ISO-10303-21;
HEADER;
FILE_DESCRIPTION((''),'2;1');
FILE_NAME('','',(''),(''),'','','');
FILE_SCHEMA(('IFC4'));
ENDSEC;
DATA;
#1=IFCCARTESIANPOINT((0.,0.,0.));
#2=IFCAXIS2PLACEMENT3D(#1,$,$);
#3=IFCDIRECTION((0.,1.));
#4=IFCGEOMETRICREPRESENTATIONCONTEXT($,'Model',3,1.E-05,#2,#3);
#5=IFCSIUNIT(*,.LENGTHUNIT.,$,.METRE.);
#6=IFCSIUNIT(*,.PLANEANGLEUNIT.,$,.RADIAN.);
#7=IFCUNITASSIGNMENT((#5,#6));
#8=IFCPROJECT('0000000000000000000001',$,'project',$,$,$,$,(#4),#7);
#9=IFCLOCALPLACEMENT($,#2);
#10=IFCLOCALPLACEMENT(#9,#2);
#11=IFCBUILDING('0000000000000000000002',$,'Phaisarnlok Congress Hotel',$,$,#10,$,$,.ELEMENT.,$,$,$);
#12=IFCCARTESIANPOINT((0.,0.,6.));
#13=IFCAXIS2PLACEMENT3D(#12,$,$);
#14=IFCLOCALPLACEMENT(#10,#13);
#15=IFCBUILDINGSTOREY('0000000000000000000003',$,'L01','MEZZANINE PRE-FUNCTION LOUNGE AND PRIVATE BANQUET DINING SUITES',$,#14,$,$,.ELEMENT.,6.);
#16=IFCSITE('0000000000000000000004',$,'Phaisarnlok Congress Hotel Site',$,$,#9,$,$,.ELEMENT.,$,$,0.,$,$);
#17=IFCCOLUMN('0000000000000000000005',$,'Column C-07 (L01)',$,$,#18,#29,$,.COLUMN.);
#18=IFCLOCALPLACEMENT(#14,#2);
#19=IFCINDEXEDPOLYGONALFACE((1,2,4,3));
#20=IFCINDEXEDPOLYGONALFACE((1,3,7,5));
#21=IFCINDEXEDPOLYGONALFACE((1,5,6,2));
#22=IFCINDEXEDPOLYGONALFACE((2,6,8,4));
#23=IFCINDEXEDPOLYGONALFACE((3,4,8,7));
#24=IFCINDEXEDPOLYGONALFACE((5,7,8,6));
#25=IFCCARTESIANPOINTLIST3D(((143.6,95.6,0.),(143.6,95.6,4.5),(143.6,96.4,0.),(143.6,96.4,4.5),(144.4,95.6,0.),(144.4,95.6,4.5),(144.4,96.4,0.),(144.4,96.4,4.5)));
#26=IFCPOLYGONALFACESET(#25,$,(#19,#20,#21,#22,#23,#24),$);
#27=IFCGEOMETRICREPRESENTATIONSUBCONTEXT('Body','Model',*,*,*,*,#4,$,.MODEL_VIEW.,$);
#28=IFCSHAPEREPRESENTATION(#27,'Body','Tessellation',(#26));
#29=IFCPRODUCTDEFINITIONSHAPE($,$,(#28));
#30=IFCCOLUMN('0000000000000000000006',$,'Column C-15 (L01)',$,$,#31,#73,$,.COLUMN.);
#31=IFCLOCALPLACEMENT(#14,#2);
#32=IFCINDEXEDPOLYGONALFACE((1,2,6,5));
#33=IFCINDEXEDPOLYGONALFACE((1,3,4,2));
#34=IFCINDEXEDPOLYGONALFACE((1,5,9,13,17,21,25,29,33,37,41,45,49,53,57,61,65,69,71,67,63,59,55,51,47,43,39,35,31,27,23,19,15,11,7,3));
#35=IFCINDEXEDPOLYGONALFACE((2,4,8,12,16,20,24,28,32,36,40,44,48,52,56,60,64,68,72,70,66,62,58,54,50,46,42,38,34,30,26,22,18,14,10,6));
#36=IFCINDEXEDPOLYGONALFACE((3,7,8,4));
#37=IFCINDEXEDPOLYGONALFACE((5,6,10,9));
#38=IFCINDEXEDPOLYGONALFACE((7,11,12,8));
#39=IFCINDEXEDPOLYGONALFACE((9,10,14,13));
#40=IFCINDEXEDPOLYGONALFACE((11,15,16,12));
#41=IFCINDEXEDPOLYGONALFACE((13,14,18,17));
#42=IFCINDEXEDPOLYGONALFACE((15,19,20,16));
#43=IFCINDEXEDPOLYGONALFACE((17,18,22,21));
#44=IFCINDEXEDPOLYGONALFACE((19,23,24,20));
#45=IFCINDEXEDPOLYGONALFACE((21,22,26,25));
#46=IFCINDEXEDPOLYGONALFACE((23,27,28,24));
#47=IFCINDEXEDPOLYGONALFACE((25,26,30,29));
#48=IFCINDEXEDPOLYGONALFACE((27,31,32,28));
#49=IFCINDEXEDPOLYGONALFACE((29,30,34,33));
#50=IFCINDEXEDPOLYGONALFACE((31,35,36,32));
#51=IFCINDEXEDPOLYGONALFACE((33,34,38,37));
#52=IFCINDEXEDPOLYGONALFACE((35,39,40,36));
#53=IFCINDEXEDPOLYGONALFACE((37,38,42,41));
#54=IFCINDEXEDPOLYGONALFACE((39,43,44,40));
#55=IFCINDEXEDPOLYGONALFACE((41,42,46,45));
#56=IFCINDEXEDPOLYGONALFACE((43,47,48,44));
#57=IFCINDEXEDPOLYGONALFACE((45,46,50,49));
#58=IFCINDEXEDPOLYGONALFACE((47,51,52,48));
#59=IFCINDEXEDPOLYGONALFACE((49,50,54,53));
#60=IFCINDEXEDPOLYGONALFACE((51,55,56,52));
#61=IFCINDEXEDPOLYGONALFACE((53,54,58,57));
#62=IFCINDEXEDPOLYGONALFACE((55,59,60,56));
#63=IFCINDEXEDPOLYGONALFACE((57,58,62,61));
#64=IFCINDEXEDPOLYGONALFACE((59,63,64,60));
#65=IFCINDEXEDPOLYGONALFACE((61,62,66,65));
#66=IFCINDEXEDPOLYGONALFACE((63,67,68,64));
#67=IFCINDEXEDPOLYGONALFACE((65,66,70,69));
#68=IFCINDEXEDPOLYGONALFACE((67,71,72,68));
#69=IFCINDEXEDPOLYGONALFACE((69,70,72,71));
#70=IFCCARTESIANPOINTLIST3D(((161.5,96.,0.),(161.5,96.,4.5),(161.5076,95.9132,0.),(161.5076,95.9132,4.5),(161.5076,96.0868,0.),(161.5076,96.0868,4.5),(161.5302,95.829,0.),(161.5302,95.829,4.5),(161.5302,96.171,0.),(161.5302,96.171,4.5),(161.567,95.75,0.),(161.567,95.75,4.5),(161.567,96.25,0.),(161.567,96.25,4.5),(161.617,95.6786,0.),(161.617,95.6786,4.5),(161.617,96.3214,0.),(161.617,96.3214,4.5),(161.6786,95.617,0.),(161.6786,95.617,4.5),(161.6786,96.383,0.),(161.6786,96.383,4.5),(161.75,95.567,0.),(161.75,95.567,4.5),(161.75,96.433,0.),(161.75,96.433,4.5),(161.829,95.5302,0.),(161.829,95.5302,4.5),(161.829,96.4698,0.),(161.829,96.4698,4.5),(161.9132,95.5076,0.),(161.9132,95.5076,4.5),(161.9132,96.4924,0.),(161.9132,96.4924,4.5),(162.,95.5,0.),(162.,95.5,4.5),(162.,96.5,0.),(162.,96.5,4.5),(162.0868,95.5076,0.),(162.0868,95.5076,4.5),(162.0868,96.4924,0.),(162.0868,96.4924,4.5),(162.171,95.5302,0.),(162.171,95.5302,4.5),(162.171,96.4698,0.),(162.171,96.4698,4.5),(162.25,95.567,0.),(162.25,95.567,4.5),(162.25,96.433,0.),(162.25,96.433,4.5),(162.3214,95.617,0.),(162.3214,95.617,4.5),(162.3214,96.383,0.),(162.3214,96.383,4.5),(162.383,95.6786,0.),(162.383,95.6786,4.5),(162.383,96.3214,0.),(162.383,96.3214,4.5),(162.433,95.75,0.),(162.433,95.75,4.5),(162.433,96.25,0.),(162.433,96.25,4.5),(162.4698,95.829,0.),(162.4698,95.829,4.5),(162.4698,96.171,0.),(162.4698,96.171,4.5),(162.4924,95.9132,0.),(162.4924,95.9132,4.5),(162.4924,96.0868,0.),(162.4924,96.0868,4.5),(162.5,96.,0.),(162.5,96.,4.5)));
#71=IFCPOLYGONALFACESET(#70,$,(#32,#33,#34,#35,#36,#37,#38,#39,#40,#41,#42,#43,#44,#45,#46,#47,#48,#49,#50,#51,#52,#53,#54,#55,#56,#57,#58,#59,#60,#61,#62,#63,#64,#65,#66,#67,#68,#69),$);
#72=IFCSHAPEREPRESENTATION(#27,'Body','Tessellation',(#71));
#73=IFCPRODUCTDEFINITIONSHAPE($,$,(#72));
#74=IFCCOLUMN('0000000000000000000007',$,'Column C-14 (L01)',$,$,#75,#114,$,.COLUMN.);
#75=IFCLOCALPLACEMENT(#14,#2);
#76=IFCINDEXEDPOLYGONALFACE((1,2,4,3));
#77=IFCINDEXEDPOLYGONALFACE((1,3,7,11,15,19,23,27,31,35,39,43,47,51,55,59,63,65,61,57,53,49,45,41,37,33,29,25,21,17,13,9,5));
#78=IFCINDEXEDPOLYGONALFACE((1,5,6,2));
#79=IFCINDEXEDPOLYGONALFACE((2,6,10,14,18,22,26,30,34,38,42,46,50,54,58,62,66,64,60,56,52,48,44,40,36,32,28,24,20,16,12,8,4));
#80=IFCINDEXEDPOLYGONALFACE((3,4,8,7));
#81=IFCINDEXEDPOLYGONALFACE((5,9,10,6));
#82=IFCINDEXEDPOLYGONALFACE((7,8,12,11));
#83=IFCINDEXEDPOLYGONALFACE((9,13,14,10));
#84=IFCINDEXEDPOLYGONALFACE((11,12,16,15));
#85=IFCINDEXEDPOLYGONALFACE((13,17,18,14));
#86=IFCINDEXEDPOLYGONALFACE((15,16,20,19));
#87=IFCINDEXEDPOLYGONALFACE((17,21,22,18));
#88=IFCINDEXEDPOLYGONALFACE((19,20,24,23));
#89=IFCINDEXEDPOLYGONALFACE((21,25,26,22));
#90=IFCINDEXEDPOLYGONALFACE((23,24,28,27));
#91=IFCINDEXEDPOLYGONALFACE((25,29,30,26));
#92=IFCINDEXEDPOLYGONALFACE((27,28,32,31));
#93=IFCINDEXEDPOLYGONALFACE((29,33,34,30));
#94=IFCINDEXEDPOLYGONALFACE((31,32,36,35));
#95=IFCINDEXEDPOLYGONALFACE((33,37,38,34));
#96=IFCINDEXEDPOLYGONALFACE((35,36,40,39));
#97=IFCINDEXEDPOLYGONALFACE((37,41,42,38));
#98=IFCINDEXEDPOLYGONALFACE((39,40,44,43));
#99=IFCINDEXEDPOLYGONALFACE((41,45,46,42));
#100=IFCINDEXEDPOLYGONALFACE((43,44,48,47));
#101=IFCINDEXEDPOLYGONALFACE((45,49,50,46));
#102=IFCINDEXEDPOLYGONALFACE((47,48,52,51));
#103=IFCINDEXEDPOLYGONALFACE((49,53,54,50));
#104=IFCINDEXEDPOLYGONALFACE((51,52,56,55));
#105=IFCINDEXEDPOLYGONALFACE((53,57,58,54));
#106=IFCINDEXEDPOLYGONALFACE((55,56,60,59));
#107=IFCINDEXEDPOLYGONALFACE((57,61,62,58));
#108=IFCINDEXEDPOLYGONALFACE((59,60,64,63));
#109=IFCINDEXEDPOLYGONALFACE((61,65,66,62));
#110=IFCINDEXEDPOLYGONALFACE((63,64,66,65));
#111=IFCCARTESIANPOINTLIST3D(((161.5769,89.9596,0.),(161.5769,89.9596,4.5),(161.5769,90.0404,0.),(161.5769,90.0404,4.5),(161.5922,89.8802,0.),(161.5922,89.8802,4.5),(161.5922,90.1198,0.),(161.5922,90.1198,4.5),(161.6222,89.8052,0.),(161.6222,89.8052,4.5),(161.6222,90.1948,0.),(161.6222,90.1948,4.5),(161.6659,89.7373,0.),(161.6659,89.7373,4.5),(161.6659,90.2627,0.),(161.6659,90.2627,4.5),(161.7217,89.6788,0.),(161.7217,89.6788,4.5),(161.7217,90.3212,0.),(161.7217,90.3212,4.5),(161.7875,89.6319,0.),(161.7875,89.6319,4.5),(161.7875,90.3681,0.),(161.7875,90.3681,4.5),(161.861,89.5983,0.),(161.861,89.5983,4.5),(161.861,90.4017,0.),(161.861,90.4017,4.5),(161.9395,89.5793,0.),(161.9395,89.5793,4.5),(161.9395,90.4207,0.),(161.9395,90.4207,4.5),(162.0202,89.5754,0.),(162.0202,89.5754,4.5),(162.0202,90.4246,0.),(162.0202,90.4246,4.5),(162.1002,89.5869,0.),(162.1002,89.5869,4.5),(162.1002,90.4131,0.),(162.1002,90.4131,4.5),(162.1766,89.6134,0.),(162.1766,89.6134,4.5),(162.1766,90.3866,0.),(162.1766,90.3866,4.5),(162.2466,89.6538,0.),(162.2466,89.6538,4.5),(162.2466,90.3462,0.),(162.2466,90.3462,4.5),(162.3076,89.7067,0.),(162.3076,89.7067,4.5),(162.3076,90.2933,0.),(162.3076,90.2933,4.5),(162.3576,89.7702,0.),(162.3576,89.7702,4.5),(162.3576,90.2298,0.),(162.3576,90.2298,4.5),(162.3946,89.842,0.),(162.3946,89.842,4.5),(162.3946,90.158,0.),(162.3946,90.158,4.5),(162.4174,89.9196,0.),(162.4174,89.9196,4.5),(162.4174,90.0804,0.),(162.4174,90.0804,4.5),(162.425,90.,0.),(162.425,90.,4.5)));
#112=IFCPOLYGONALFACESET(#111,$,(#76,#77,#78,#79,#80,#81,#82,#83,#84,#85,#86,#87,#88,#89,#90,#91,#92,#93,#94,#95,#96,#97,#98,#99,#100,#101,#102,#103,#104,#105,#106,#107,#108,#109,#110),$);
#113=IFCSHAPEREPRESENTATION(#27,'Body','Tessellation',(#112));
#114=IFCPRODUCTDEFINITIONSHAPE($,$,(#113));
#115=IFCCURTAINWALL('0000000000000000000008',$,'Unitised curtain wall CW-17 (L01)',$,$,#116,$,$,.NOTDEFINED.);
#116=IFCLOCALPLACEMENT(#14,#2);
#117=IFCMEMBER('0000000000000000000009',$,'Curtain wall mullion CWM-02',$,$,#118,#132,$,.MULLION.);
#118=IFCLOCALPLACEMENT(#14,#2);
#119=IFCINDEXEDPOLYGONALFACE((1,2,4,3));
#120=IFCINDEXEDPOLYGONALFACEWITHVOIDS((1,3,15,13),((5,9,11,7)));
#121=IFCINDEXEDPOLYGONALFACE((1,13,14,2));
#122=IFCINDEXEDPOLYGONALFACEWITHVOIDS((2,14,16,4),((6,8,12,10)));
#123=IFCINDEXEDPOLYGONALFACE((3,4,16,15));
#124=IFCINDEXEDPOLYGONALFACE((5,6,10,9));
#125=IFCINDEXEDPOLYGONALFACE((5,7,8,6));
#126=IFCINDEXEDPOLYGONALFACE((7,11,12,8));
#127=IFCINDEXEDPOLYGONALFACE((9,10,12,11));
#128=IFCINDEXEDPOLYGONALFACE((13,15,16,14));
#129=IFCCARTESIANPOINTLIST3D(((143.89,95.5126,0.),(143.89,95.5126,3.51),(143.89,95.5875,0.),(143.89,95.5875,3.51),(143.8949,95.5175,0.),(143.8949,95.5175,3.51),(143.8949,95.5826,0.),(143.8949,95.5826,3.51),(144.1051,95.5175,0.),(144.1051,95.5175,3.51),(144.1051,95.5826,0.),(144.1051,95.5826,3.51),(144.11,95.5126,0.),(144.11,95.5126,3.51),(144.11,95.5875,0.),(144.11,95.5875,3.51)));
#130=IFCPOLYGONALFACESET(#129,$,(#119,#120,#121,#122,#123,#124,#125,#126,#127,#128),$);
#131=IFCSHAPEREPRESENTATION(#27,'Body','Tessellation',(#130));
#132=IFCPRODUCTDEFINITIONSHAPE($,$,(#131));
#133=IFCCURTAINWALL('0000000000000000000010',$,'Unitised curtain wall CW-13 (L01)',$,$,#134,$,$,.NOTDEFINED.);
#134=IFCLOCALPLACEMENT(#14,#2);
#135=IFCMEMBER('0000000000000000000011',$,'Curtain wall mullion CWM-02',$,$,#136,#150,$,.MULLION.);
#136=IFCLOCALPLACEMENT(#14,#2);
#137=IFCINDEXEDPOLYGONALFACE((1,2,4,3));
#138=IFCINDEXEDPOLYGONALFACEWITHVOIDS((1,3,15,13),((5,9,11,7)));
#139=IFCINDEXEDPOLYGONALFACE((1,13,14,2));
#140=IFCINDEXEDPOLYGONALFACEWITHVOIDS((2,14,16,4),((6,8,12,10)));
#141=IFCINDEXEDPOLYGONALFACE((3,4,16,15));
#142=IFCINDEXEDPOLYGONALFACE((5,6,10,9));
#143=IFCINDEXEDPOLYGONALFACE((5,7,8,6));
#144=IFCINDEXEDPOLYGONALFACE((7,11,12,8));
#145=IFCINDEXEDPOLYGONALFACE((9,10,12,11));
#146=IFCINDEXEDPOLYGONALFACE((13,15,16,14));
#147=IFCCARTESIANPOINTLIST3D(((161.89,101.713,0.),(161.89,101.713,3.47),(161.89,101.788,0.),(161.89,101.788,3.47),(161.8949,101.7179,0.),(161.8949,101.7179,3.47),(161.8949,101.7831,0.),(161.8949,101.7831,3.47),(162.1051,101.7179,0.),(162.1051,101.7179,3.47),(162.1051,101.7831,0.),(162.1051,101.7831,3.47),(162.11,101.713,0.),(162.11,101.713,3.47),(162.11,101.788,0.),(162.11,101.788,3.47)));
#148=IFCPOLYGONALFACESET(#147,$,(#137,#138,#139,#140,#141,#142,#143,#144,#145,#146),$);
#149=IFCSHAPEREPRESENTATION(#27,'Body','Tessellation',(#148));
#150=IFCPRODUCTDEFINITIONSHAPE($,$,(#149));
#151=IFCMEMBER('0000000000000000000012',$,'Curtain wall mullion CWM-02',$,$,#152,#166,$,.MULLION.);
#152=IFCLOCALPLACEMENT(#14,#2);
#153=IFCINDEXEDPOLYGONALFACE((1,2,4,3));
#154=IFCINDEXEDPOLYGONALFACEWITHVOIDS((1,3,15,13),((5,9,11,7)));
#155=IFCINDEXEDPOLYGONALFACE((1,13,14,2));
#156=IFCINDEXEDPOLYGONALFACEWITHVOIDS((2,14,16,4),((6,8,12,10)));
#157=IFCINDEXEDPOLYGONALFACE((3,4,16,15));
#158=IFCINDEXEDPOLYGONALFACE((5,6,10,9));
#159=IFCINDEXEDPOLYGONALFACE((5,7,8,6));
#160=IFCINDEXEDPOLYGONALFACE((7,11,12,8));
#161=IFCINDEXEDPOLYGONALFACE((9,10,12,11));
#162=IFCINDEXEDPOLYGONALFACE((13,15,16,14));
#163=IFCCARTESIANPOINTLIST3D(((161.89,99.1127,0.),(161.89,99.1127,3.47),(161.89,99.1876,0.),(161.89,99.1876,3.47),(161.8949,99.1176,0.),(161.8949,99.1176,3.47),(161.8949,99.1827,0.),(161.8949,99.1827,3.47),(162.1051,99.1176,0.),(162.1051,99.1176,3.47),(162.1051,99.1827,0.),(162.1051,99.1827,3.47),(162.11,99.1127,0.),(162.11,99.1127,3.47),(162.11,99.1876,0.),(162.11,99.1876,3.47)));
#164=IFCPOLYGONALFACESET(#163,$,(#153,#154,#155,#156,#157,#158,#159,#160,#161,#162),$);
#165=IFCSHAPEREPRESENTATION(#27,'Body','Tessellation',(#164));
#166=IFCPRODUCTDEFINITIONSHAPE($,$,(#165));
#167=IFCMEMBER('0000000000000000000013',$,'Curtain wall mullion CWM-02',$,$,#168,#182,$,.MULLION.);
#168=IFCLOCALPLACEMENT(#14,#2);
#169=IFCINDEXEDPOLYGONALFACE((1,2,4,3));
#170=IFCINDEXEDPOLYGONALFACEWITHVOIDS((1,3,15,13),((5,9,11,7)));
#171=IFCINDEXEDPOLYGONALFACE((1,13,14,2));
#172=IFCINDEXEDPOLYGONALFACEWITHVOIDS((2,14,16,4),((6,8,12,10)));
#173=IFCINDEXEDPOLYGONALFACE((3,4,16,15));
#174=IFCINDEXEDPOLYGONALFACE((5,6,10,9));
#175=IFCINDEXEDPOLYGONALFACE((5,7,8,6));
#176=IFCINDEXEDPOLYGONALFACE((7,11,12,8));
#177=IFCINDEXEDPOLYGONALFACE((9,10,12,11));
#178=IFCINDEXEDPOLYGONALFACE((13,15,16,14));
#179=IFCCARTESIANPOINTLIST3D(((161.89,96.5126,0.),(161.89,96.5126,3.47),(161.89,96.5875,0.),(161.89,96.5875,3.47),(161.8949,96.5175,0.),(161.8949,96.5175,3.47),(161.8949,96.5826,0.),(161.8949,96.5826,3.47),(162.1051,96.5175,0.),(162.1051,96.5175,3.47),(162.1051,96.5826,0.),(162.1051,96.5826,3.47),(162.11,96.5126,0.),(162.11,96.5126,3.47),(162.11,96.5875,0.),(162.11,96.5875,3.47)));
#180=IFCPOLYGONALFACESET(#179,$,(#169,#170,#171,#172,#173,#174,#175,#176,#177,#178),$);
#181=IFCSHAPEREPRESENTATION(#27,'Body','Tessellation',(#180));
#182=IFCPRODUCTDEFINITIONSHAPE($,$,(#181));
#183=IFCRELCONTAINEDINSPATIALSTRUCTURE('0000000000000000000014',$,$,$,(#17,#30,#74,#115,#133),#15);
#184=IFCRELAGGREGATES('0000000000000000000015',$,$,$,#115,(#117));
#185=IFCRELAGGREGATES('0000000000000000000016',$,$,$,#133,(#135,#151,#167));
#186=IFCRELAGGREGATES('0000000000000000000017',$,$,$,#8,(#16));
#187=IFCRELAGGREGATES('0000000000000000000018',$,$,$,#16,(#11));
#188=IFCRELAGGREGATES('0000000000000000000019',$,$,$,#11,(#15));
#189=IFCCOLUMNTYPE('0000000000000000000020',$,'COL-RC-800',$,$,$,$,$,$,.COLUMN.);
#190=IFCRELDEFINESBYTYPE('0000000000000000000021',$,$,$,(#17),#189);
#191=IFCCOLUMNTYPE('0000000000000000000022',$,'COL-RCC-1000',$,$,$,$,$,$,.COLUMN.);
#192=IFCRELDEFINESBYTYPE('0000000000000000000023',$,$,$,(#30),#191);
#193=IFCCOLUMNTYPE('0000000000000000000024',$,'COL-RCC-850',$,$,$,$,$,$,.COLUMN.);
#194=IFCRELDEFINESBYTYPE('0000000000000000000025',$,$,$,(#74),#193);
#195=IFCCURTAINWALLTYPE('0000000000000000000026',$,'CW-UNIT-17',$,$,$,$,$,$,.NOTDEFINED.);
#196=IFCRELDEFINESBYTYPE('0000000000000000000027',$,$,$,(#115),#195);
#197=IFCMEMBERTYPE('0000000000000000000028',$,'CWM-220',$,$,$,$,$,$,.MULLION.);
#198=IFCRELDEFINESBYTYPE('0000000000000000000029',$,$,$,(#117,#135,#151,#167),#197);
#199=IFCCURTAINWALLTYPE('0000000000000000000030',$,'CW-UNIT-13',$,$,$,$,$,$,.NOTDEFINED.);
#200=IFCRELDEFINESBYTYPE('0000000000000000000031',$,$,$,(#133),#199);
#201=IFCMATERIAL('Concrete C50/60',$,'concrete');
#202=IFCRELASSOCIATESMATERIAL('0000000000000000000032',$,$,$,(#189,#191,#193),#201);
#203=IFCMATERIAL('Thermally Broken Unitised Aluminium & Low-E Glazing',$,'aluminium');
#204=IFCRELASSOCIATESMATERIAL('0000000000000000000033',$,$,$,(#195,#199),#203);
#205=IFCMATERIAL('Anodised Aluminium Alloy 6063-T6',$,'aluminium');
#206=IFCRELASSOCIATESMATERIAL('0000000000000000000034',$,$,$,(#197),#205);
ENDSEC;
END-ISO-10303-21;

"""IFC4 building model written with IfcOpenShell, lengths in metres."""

from ifc_helpers import new_model, si_unit, direction, frame, origin, origin_2d, place, context, subcontext, project, spatial, rectangle, hollow_rectangle, circle, extrude, material, material_profile, profile_set, type_object, element, aggregate, save


model = new_model("IFC4")

# Units and contexts
model_context = context("Model", 3, precision=1e-05, world=origin(), true_north=direction((0.0, 1.0)))
body_context = subcontext(model_context, "Body", "Model", "MODEL_VIEW")
ifc_project = project(units=[si_unit("LENGTHUNIT", "METRE"), si_unit("PLANEANGLEUNIT", "RADIAN")], contexts=[model_context])

# Site, building, storey
site_placement = place(None, origin())
site = spatial("IfcSite", under=ifc_project, at=site_placement, Name="Phaisarnlok Congress Hotel Site", CompositionType="ELEMENT", RefElevation=0.0)
building_placement = place(site_placement, origin())
building = spatial("IfcBuilding", under=site, at=building_placement, Name="Phaisarnlok Congress Hotel", CompositionType="ELEMENT")
storey_placement = place(building_placement, frame((0.0, 0.0, 6.0)))
storey = spatial("IfcBuildingStorey", under=building, at=storey_placement, Name="L01", Description="MEZZANINE PRE-FUNCTION LOUNGE AND PRIVATE BANQUET DINING SUITES", CompositionType="ELEMENT", Elevation=6.0)

# Columns
ifc_material_1 = material(Name="Concrete C50/60", Category="concrete")
ifc_material_profile_1 = material_profile(ifc_material_1, rectangle(XDim=0.8, YDim=0.8, at=origin_2d()), Name="RC 800x800")
ifc_profile_set_1 = profile_set([ifc_material_profile_1], Name="Concrete C50/60")
column_type_1 = type_object("IfcColumnType", Name="COL-RC-800", PredefinedType="COLUMN", material=ifc_profile_set_1)
column_1_placement = place(storey_placement, frame((144.0, 96.0, 0.0), z_axis=(0.0, 0.0, 1.0), x_axis=(1.0, 0.0, 0.0)))
element("IfcColumn", 1, at=column_1_placement, inside=storey, type_object=column_type_1, Name="Column C-07 (L01)", PredefinedType="COLUMN", context=body_context, shape_type="SweptSolid", body=[
    extrude(rectangle(XDim=0.8, YDim=0.8, at=origin_2d()), origin(), (0.0, 0.0, 1.0), 4.5),
])
ifc_material_profile_2 = material_profile(ifc_material_1, circle(Radius=0.5, at=origin_2d()), Name="RCC D1000")
ifc_profile_set_2 = profile_set([ifc_material_profile_2], Name="Concrete C50/60")
column_type_2 = type_object("IfcColumnType", Name="COL-RCC-1000", PredefinedType="COLUMN", material=ifc_profile_set_2)
column_2_placement = place(storey_placement, frame((162.0, 96.0, 0.0), z_axis=(0.0, 0.0, 1.0), x_axis=(1.0, 0.0, 0.0)))
element("IfcColumn", 2, at=column_2_placement, inside=storey, type_object=column_type_2, Name="Column C-15 (L01)", PredefinedType="COLUMN", context=body_context, shape_type="SweptSolid", body=[
    extrude(circle(Radius=0.5, at=origin_2d()), origin(), (0.0, 0.0, 1.0), 4.5),
])
ifc_material_profile_3 = material_profile(ifc_material_1, circle(Radius=0.425, at=origin_2d()), Name="RCC D850")
ifc_profile_set_3 = profile_set([ifc_material_profile_3], Name="Concrete C50/60")
column_type_3 = type_object("IfcColumnType", Name="COL-RCC-850", PredefinedType="COLUMN", material=ifc_profile_set_3)
column_3_placement = place(storey_placement, frame((162.0, 90.0, 0.0), z_axis=(0.0, 0.0, 1.0), x_axis=(1.0, 0.0, 0.0)))
element("IfcColumn", 3, at=column_3_placement, inside=storey, type_object=column_type_3, Name="Column C-14 (L01)", PredefinedType="COLUMN", context=body_context, shape_type="SweptSolid", body=[
    extrude(circle(Radius=0.425, at=origin_2d()), origin(), (0.0, 0.0, 1.0), 4.5),
])

# Curtain wall, member
ifc_material_2 = material(Name="Thermally Broken Unitised Aluminium & Low-E Glazing", Category="aluminium")
curtain_wall_type_1 = type_object("IfcCurtainWallType", Name="CW-UNIT-17", PredefinedType="NOTDEFINED", material=ifc_material_2)
curtain_wall_1_placement = place(storey_placement, origin())
curtain_wall_1 = element("IfcCurtainWall", 4, at=curtain_wall_1_placement, inside=storey, type_object=curtain_wall_type_1, Name="Unitised curtain wall CW-17 (L01)", PredefinedType="NOTDEFINED")
ifc_material_3 = material(Name="Anodised Aluminium Alloy 6063-T6", Category="aluminium")
ifc_material_profile_4 = material_profile(ifc_material_3, hollow_rectangle(XDim=0.075, YDim=0.22, WallThickness=0.0049, at=origin_2d()), Name="ALU-M 75x220x5")
ifc_profile_set_4 = profile_set([ifc_material_profile_4], Name="Anodised Aluminium Alloy 6063-T6")
member_type_1 = type_object("IfcMemberType", Name="CWM-220", PredefinedType="MULLION", material=ifc_profile_set_4)
member_1_placement = place(storey_placement, frame((144.0, 95.55, 0.0), z_axis=(0.0, 0.0, 1.0), x_axis=(0.0, 1.0, 0.0)))
member_1 = element("IfcMember", 5, at=member_1_placement, type_object=member_type_1, Name="Curtain wall mullion CWM-02", PredefinedType="MULLION", context=body_context, shape_type="SweptSolid", body=[
    extrude(hollow_rectangle(XDim=0.075, YDim=0.22, WallThickness=0.0049, at=origin_2d()), origin(), (0.0, 0.0, 1.0), 3.51),
])

# Curtain wall, members
curtain_wall_type_2 = type_object("IfcCurtainWallType", Name="CW-UNIT-13", PredefinedType="NOTDEFINED", material=ifc_material_2)
curtain_wall_2_placement = place(storey_placement, origin())
curtain_wall_2 = element("IfcCurtainWall", 6, at=curtain_wall_2_placement, inside=storey, type_object=curtain_wall_type_2, Name="Unitised curtain wall CW-13 (L01)", PredefinedType="NOTDEFINED")
member_2_placement = place(storey_placement, frame((162.0, 101.7505, 0.0), z_axis=(0.0, 0.0, 1.0), x_axis=(0.0, -1.0, 0.0)))
member_2 = element("IfcMember", 7, at=member_2_placement, type_object=member_type_1, Name="Curtain wall mullion CWM-02", PredefinedType="MULLION", context=body_context, shape_type="SweptSolid", body=[
    extrude(hollow_rectangle(XDim=0.075, YDim=0.22, WallThickness=0.0049, at=origin_2d()), origin(), (0.0, 0.0, 1.0), 3.47),
])
member_3_placement = place(storey_placement, frame((162.0, 99.1501, 0.0), z_axis=(0.0, 0.0, 1.0), x_axis=(0.0, -1.0, 0.0)))
member_3 = element("IfcMember", 8, at=member_3_placement, type_object=member_type_1, Name="Curtain wall mullion CWM-02", PredefinedType="MULLION", context=body_context, shape_type="SweptSolid", body=[
    extrude(hollow_rectangle(XDim=0.075, YDim=0.22, WallThickness=0.0049, at=origin_2d()), origin(), (0.0, 0.0, 1.0), 3.47),
])
member_4_placement = place(storey_placement, frame((162.0, 96.55, 0.0), z_axis=(0.0, 0.0, 1.0), x_axis=(0.0, -1.0, 0.0)))
member_4 = element("IfcMember", 9, at=member_4_placement, type_object=member_type_1, Name="Curtain wall mullion CWM-02", PredefinedType="MULLION", context=body_context, shape_type="SweptSolid", body=[
    extrude(hollow_rectangle(XDim=0.075, YDim=0.22, WallThickness=0.0049, at=origin_2d()), origin(), (0.0, 0.0, 1.0), 3.47),
])

aggregate(curtain_wall_1, [member_1])
aggregate(curtain_wall_2, [member_2, member_3, member_4])

save(model, "model.ifc")
